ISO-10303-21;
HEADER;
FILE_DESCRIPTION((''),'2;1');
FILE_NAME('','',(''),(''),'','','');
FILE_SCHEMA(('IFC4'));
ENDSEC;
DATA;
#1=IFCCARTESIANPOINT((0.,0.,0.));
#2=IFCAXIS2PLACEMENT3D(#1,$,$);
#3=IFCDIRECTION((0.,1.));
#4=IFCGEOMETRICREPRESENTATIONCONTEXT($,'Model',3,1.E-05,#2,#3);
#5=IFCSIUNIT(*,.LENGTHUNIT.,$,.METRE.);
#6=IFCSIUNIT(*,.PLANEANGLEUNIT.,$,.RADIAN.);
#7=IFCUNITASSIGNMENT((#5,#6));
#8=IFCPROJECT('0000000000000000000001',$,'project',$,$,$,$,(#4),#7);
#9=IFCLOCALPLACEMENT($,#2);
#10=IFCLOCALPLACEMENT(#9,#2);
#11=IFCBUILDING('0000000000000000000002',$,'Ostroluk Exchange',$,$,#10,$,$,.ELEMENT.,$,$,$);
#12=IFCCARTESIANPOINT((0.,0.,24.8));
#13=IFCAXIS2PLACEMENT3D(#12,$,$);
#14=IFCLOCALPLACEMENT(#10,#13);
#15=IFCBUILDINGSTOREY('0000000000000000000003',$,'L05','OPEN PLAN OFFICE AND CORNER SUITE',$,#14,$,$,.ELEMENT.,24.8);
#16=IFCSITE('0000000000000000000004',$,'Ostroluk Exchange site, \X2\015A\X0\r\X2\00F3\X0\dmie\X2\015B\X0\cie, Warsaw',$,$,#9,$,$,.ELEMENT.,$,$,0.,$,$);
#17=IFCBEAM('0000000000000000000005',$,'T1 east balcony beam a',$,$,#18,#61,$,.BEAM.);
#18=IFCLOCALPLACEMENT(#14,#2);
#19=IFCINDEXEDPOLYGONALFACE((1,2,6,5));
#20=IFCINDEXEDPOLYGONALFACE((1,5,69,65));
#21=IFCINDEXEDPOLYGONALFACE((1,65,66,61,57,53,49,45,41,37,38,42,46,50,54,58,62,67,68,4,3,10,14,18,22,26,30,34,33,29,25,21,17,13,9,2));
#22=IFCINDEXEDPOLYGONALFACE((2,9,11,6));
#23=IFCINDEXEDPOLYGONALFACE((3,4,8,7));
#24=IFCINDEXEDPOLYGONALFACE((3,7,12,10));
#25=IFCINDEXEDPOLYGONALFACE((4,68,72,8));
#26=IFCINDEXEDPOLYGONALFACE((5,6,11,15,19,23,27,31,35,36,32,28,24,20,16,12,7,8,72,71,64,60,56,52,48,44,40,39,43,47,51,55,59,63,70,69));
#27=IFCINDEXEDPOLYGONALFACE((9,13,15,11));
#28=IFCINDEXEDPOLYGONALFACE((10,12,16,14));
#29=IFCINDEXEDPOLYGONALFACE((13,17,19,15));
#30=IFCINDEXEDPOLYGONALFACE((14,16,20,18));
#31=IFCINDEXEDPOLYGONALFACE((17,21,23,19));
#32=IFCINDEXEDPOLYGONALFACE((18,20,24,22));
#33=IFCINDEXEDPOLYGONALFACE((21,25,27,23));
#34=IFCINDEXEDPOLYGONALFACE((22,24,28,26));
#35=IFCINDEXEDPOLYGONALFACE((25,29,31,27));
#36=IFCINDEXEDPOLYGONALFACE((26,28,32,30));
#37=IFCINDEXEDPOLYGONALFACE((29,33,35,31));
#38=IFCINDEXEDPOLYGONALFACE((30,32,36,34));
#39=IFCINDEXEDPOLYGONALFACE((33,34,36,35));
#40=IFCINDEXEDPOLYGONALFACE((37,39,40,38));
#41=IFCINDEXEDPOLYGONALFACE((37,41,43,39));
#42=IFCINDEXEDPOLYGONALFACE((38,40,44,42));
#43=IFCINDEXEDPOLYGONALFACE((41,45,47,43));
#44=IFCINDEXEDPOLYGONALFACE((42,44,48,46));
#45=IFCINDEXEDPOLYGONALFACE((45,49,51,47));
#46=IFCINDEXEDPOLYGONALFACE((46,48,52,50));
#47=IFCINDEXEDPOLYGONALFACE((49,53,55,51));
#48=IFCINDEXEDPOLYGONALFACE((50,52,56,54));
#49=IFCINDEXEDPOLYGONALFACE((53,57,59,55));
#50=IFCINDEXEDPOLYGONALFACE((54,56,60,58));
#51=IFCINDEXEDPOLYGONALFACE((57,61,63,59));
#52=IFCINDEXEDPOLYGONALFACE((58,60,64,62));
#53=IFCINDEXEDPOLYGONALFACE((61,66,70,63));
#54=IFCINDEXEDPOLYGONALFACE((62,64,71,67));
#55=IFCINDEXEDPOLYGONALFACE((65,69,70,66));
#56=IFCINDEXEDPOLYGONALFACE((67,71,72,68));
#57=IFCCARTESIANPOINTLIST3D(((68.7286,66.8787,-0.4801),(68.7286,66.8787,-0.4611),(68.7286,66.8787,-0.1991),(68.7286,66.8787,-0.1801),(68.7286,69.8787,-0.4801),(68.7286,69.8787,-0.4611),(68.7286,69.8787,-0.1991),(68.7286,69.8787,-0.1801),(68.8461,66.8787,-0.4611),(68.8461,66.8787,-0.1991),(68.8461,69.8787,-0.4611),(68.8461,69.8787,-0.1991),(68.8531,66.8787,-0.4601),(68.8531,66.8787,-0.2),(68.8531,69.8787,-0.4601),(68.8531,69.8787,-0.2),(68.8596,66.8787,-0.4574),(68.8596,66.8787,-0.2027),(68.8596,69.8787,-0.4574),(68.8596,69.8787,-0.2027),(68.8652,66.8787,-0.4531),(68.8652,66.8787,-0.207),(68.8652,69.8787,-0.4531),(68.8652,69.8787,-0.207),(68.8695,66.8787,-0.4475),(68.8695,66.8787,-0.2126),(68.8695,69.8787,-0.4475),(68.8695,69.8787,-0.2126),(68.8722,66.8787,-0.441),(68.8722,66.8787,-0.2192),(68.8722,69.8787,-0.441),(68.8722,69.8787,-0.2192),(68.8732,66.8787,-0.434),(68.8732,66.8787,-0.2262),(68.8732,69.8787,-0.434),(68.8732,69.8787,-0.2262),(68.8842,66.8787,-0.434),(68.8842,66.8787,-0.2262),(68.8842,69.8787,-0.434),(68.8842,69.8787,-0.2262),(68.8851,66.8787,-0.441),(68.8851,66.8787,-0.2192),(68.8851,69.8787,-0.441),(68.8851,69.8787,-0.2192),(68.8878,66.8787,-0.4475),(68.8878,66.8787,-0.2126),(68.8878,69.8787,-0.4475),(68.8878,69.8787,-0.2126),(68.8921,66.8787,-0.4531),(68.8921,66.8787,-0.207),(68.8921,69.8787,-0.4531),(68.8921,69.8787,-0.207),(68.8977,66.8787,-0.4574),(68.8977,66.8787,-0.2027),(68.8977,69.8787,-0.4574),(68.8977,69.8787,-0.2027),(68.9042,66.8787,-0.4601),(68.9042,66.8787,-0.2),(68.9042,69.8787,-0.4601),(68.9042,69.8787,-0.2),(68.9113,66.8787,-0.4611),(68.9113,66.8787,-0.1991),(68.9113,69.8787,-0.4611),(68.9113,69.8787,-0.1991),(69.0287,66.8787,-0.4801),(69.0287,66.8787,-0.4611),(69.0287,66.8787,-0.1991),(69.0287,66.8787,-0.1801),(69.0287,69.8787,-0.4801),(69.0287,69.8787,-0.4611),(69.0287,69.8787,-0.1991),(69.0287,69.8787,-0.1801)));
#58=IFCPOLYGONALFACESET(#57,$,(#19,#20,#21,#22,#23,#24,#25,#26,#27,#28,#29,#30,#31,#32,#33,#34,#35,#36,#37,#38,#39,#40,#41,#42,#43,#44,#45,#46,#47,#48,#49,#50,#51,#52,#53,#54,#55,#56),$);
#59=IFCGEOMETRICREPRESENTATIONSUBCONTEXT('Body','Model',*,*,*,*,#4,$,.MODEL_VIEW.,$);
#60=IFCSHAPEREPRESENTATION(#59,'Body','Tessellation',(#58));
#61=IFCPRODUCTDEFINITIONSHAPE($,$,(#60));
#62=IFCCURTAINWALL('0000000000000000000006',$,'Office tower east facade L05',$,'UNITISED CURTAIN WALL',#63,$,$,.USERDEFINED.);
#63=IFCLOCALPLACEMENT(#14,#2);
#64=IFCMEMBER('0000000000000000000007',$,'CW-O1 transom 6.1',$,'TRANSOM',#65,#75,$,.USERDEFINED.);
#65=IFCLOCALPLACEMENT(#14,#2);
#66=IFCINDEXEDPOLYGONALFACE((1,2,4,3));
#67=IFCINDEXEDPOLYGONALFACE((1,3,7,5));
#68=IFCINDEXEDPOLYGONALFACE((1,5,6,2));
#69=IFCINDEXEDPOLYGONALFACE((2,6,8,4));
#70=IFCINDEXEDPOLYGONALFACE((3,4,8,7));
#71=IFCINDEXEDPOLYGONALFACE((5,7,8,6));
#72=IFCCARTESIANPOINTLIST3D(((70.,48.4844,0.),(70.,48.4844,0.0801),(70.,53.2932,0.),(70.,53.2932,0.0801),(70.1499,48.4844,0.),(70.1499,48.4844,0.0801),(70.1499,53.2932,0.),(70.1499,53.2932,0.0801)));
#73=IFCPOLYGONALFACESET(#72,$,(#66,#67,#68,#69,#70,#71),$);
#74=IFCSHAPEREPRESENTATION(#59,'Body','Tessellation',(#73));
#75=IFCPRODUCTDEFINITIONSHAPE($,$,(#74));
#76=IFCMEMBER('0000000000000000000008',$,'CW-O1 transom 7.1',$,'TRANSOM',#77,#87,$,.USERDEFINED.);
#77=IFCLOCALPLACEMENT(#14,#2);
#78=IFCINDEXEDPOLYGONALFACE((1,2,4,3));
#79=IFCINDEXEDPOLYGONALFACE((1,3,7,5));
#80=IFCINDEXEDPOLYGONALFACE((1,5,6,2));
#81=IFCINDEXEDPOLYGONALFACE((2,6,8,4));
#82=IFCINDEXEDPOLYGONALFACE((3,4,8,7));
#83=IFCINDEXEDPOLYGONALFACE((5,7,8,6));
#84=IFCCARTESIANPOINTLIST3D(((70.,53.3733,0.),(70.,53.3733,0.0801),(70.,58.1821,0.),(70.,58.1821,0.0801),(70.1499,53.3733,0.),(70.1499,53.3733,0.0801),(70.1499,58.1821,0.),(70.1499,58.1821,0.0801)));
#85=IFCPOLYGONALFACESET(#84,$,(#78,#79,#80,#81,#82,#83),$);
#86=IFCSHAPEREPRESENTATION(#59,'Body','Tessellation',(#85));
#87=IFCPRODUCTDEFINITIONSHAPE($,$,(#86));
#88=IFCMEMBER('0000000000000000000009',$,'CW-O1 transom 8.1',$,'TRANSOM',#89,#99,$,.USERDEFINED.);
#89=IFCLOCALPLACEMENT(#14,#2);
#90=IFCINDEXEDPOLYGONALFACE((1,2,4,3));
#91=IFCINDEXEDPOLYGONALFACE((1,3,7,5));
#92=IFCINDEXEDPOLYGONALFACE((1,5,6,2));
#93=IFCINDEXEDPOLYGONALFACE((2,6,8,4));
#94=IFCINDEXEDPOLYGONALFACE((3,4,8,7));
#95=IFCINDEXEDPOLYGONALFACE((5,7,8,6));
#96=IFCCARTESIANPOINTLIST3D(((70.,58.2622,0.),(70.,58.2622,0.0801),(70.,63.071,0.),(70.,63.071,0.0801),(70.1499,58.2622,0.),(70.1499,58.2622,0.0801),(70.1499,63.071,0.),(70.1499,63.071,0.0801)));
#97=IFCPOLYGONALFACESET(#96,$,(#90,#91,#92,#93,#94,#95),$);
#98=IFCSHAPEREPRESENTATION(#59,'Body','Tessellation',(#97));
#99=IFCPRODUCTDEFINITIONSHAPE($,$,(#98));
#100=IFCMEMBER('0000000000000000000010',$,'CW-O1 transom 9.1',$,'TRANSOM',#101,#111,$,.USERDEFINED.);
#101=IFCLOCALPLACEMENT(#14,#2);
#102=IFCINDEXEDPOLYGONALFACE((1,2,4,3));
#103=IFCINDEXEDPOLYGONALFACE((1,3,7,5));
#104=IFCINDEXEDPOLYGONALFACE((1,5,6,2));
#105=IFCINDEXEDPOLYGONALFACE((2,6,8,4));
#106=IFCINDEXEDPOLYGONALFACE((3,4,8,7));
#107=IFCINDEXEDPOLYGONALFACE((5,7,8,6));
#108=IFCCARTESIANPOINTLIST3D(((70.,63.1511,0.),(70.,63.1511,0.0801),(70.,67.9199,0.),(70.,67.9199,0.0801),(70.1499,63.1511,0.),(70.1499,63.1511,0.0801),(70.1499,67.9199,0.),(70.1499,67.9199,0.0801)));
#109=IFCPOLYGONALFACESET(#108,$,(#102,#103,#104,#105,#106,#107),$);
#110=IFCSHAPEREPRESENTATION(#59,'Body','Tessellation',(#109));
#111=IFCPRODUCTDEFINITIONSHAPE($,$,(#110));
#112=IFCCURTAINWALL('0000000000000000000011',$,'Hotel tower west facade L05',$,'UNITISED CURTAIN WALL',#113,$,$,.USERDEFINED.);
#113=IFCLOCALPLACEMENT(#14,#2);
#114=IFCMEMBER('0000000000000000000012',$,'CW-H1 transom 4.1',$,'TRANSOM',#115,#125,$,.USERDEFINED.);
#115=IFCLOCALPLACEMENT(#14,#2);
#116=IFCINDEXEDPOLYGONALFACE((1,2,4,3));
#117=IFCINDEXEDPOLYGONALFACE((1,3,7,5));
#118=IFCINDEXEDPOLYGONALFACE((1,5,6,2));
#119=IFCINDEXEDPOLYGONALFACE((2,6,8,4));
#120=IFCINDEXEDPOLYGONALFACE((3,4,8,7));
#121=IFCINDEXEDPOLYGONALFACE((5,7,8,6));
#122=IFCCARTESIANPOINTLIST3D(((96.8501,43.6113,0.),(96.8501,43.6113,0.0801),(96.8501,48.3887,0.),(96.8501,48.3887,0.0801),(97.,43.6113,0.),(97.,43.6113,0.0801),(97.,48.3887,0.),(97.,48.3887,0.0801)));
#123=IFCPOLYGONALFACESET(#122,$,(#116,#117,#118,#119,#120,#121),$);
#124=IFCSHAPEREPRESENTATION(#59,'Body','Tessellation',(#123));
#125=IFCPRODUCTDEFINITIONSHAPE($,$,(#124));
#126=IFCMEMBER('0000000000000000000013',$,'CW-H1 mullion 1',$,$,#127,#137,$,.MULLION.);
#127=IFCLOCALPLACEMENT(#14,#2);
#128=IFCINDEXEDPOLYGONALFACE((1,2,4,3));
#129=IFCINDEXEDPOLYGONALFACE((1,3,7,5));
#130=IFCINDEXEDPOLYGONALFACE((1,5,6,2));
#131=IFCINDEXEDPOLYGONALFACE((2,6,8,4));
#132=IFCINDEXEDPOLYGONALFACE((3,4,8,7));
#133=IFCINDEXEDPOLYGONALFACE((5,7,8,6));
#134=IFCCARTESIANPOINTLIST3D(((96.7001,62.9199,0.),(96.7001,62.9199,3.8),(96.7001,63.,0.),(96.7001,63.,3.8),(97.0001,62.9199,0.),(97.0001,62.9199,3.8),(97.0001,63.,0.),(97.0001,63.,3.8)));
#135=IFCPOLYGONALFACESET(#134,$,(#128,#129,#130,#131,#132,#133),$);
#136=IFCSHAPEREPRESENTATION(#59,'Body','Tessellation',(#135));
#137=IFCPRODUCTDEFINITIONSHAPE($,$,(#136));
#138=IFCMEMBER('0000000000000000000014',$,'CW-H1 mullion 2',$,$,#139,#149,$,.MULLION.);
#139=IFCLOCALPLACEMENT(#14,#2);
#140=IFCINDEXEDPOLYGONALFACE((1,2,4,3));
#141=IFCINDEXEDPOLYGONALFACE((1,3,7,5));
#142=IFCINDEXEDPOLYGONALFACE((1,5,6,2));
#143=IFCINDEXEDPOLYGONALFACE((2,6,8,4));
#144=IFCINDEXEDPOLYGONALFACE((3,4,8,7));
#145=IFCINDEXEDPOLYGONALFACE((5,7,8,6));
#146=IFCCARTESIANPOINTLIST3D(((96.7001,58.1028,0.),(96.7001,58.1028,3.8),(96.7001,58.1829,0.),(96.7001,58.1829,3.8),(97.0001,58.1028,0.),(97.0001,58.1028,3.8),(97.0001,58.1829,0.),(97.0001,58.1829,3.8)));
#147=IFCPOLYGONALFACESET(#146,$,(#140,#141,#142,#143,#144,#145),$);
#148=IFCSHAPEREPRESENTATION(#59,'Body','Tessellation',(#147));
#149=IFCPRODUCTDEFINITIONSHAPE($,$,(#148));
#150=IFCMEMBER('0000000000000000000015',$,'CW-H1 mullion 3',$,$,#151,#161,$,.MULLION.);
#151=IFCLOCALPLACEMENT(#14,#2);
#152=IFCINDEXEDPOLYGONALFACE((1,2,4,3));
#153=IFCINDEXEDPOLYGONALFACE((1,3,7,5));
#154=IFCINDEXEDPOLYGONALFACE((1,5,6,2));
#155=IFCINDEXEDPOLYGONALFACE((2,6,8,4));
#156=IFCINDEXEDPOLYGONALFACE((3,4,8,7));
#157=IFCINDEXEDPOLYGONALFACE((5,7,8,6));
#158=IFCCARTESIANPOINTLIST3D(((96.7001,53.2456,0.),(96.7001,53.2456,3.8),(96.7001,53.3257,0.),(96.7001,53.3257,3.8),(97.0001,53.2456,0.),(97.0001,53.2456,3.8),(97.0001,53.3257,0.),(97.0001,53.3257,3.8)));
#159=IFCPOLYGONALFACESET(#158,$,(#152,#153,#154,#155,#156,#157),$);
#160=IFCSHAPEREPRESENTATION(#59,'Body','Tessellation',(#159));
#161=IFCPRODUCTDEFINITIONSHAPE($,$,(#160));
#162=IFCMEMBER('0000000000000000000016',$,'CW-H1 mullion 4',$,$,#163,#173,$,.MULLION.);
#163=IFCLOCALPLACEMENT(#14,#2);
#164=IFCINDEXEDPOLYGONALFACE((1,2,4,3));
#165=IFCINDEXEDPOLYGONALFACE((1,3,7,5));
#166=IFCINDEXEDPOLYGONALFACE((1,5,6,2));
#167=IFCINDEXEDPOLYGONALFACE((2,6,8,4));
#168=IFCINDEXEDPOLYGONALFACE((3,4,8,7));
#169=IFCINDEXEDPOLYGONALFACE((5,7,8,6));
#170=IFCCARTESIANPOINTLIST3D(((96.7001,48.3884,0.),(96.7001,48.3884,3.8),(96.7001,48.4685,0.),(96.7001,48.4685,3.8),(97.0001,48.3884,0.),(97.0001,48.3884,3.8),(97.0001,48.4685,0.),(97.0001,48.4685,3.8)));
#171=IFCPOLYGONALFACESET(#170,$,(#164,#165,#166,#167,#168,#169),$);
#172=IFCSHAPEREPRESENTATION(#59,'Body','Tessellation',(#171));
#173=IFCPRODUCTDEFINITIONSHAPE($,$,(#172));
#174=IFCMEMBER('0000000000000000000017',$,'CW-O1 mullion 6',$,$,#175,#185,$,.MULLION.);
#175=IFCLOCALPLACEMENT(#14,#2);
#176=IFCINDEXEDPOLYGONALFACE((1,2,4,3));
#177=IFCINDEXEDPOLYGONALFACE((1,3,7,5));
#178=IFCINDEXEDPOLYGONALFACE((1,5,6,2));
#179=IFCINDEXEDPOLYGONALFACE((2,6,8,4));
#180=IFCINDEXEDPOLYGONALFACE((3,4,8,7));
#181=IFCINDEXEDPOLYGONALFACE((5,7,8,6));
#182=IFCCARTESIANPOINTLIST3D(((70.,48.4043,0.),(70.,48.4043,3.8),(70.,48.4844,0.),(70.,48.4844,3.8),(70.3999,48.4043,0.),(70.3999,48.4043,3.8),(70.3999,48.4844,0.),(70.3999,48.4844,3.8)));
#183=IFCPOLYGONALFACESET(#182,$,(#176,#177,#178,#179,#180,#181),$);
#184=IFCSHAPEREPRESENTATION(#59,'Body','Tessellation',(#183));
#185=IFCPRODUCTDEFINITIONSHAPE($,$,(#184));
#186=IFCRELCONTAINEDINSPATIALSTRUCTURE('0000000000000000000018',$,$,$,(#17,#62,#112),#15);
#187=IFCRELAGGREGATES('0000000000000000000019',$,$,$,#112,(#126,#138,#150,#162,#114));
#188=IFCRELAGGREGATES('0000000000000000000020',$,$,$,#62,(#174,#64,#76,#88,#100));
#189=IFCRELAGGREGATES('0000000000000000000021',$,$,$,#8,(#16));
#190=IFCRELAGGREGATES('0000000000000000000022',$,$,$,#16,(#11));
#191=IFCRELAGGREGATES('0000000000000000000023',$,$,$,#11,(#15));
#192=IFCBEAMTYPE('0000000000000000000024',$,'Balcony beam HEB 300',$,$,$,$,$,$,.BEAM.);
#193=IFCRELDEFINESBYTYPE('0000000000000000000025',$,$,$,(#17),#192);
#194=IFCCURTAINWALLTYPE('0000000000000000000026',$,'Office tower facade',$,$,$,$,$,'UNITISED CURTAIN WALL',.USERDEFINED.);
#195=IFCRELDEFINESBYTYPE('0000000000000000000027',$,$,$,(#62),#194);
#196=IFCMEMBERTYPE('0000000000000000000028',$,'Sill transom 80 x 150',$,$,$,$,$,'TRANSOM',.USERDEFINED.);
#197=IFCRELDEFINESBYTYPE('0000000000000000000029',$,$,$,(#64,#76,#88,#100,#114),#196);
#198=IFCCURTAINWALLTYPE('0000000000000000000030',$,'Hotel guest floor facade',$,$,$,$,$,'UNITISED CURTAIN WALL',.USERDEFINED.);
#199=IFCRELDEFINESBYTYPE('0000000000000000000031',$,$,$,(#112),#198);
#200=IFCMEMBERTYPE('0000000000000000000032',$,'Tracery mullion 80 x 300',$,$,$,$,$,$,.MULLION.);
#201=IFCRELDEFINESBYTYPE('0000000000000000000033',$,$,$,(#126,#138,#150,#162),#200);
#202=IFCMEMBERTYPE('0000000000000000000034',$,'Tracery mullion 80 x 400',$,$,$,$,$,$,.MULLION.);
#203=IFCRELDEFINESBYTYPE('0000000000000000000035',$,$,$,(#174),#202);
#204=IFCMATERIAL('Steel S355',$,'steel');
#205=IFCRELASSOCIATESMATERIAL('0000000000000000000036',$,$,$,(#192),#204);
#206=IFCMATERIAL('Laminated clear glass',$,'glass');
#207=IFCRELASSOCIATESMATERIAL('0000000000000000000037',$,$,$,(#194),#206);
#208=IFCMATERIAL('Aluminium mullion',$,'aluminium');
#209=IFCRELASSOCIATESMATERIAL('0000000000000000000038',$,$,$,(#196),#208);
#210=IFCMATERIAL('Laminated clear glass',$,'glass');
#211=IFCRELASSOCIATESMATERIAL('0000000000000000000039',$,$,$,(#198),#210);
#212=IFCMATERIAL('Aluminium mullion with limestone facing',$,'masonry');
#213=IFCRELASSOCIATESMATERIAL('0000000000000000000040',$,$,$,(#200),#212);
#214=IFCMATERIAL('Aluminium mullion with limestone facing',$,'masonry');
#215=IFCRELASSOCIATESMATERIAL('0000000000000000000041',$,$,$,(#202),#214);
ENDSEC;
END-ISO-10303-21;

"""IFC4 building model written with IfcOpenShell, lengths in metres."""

from ifc_helpers import new_model, si_unit, direction, frame, origin, origin_2d, place, context, subcontext, project, spatial, rectangle, i_section, extrude, material, material_profile, profile_set, type_object, element, aggregate, save


model = new_model("IFC4")

# Units and contexts
model_context = context("Model", 3, precision=1e-05, world=origin(), true_north=direction((0.0, 1.0)))
body_context = subcontext(model_context, "Body", "Model", "MODEL_VIEW")
ifc_project = project(units=[si_unit("LENGTHUNIT", "METRE"), si_unit("PLANEANGLEUNIT", "RADIAN")], contexts=[model_context])

# Site, building, storey
site_placement = place(None, origin())
site = spatial("IfcSite", under=ifc_project, at=site_placement, Name="Ostroluk Exchange site, Śródmieście, Warsaw", CompositionType="ELEMENT", RefElevation=0.0)
building_placement = place(site_placement, origin())
building = spatial("IfcBuilding", under=site, at=building_placement, Name="Ostroluk Exchange", CompositionType="ELEMENT")
storey_placement = place(building_placement, frame((0.0, 0.0, 24.8)))
storey = spatial("IfcBuildingStorey", under=building, at=storey_placement, Name="L05", Description="OPEN PLAN OFFICE AND CORNER SUITE", CompositionType="ELEMENT", Elevation=24.8)

# Beam
ifc_material_1 = material(Name="Steel S355", Category="steel")
ifc_material_profile_1 = material_profile(ifc_material_1, i_section(OverallWidth=0.3, OverallDepth=0.3, WebThickness=0.011, FlangeThickness=0.019, FilletRadius=0.0271, at=origin_2d()), Name="HEB 300")
ifc_profile_set_1 = profile_set([ifc_material_profile_1], Name="Steel S355")
beam_type = type_object("IfcBeamType", Name="Balcony beam HEB 300", PredefinedType="BEAM", material=ifc_profile_set_1)
beam_placement = place(storey_placement, frame((68.8787, 66.8787, -0.3301), z_axis=(0.0, 1.0, 0.0), x_axis=(-1.0, 0.0, 0.0)))
element("IfcBeam", 1, at=beam_placement, inside=storey, type_object=beam_type, Name="T1 east balcony beam a", PredefinedType="BEAM", context=body_context, shape_type="SweptSolid", body=[
    extrude(i_section(OverallWidth=0.3, OverallDepth=0.3, WebThickness=0.011, FlangeThickness=0.019, FilletRadius=0.0271, at=origin_2d()), origin(), (0.0, 0.0, 1.0), 3.0),
])

# Curtain walls, members
ifc_material_2 = material(Name="Laminated clear glass", Category="glass")
curtain_wall_type_1 = type_object("IfcCurtainWallType", Name="Office tower facade", ElementType="UNITISED CURTAIN WALL", PredefinedType="USERDEFINED", material=ifc_material_2)
curtain_wall_1_placement = place(storey_placement, origin())
curtain_wall_1 = element("IfcCurtainWall", 2, at=curtain_wall_1_placement, inside=storey, type_object=curtain_wall_type_1, Name="Office tower east facade L05", ObjectType="UNITISED CURTAIN WALL", PredefinedType="USERDEFINED")
ifc_material_3 = material(Name="Aluminium mullion", Category="aluminium")
ifc_material_profile_2 = material_profile(ifc_material_3, rectangle(XDim=0.1499, YDim=0.0801, at=origin_2d()), Name="Sill transom 80 x 150")
ifc_profile_set_2 = profile_set([ifc_material_profile_2], Name="Aluminium mullion")
member_type_1 = type_object("IfcMemberType", Name="Sill transom 80 x 150", ElementType="TRANSOM", PredefinedType="USERDEFINED", material=ifc_profile_set_2)
member_1_placement = place(storey_placement, frame((70.075, 48.4844, 0.04), z_axis=(0.0, 1.0, 0.0), x_axis=(-1.0, 0.0, 0.0)))
member_1 = element("IfcMember", 3, at=member_1_placement, type_object=member_type_1, Name="CW-O1 transom 6.1", ObjectType="TRANSOM", PredefinedType="USERDEFINED", context=body_context, shape_type="SweptSolid", body=[
    extrude(rectangle(XDim=0.1499, YDim=0.0801, at=origin_2d()), origin(), (0.0, 0.0, 1.0), 4.8088),
])
member_2_placement = place(storey_placement, frame((70.075, 53.3733, 0.04), z_axis=(0.0, 1.0, 0.0), x_axis=(-1.0, 0.0, 0.0)))
member_2 = element("IfcMember", 4, at=member_2_placement, type_object=member_type_1, Name="CW-O1 transom 7.1", ObjectType="TRANSOM", PredefinedType="USERDEFINED", context=body_context, shape_type="SweptSolid", body=[
    extrude(rectangle(XDim=0.1499, YDim=0.0801, at=origin_2d()), origin(), (0.0, 0.0, 1.0), 4.8088),
])
member_3_placement = place(storey_placement, frame((70.075, 58.2622, 0.04), z_axis=(0.0, 1.0, 0.0), x_axis=(-1.0, 0.0, 0.0)))
member_3 = element("IfcMember", 5, at=member_3_placement, type_object=member_type_1, Name="CW-O1 transom 8.1", ObjectType="TRANSOM", PredefinedType="USERDEFINED", context=body_context, shape_type="SweptSolid", body=[
    extrude(rectangle(XDim=0.1499, YDim=0.0801, at=origin_2d()), origin(), (0.0, 0.0, 1.0), 4.8088),
])
member_4_placement = place(storey_placement, frame((70.075, 63.1511, 0.04), z_axis=(0.0, 1.0, 0.0), x_axis=(-1.0, 0.0, 0.0)))
member_4 = element("IfcMember", 6, at=member_4_placement, type_object=member_type_1, Name="CW-O1 transom 9.1", ObjectType="TRANSOM", PredefinedType="USERDEFINED", context=body_context, shape_type="SweptSolid", body=[
    extrude(rectangle(XDim=0.1499, YDim=0.0801, at=origin_2d()), origin(), (0.0, 0.0, 1.0), 4.7688),
])
ifc_material_4 = material(Name="Laminated clear glass", Category="glass")
curtain_wall_type_2 = type_object("IfcCurtainWallType", Name="Hotel guest floor facade", ElementType="UNITISED CURTAIN WALL", PredefinedType="USERDEFINED", material=ifc_material_4)
curtain_wall_2_placement = place(storey_placement, origin())
curtain_wall_2 = element("IfcCurtainWall", 7, at=curtain_wall_2_placement, inside=storey, type_object=curtain_wall_type_2, Name="Hotel tower west facade L05", ObjectType="UNITISED CURTAIN WALL", PredefinedType="USERDEFINED")
member_5_placement = place(storey_placement, frame((96.925, 48.3887, 0.04), z_axis=(0.0, -1.0, 0.0), x_axis=(1.0, 0.0, 0.0)))
member_5 = element("IfcMember", 8, at=member_5_placement, type_object=member_type_1, Name="CW-H1 transom 4.1", ObjectType="TRANSOM", PredefinedType="USERDEFINED", context=body_context, shape_type="SweptSolid", body=[
    extrude(rectangle(XDim=0.1499, YDim=0.0801, at=origin_2d()), origin(), (0.0, 0.0, 1.0), 4.7773),
])
ifc_material_5 = material(Name="Aluminium mullion with limestone facing", Category="masonry")
ifc_material_profile_3 = material_profile(ifc_material_5, rectangle(XDim=0.3, YDim=0.0801, at=origin_2d()), Name="Tracery mullion 80 x 300")
ifc_profile_set_3 = profile_set([ifc_material_profile_3], Name="Aluminium mullion with limestone facing")
member_type_2 = type_object("IfcMemberType", Name="Tracery mullion 80 x 300", PredefinedType="MULLION", material=ifc_profile_set_3)
member_6_placement = place(storey_placement, frame((96.8501, 62.96, 0.0), z_axis=(0.0, 0.0, 1.0), x_axis=(1.0, 0.0, 0.0)))
member_6 = element("IfcMember", 9, at=member_6_placement, type_object=member_type_2, Name="CW-H1 mullion 1", PredefinedType="MULLION", context=body_context, shape_type="SweptSolid", body=[
    extrude(rectangle(XDim=0.3, YDim=0.0801, at=origin_2d()), origin(), (0.0, 0.0, 1.0), 3.8),
])
member_7_placement = place(storey_placement, frame((96.8501, 58.1428, 0.0), z_axis=(0.0, 0.0, 1.0), x_axis=(1.0, 0.0, 0.0)))
member_7 = element("IfcMember", 10, at=member_7_placement, type_object=member_type_2, Name="CW-H1 mullion 2", PredefinedType="MULLION", context=body_context, shape_type="SweptSolid", body=[
    extrude(rectangle(XDim=0.3, YDim=0.0801, at=origin_2d()), origin(), (0.0, 0.0, 1.0), 3.8),
])
member_8_placement = place(storey_placement, frame((96.8501, 53.2856, 0.0), z_axis=(0.0, 0.0, 1.0), x_axis=(1.0, 0.0, 0.0)))
member_8 = element("IfcMember", 11, at=member_8_placement, type_object=member_type_2, Name="CW-H1 mullion 3", PredefinedType="MULLION", context=body_context, shape_type="SweptSolid", body=[
    extrude(rectangle(XDim=0.3, YDim=0.0801, at=origin_2d()), origin(), (0.0, 0.0, 1.0), 3.8),
])
member_9_placement = place(storey_placement, frame((96.8501, 48.4285, 0.0), z_axis=(0.0, 0.0, 1.0), x_axis=(1.0, 0.0, 0.0)))
member_9 = element("IfcMember", 12, at=member_9_placement, type_object=member_type_2, Name="CW-H1 mullion 4", PredefinedType="MULLION", context=body_context, shape_type="SweptSolid", body=[
    extrude(rectangle(XDim=0.3, YDim=0.0801, at=origin_2d()), origin(), (0.0, 0.0, 1.0), 3.8),
])
aggregate(curtain_wall_2, [member_6, member_7, member_8, member_9, member_5])

# Member
ifc_material_6 = material(Name="Aluminium mullion with limestone facing", Category="masonry")
ifc_material_profile_4 = material_profile(ifc_material_6, rectangle(XDim=0.3999, YDim=0.0801, at=origin_2d()), Name="Tracery mullion 80 x 400")
ifc_profile_set_4 = profile_set([ifc_material_profile_4], Name="Aluminium mullion with limestone facing")
member_type_3 = type_object("IfcMemberType", Name="Tracery mullion 80 x 400", PredefinedType="MULLION", material=ifc_profile_set_4)
member_10_placement = place(storey_placement, frame((70.2, 48.4443, 0.0), z_axis=(0.0, 0.0, 1.0), x_axis=(-1.0, 0.0, 0.0)))
member_10 = element("IfcMember", 13, at=member_10_placement, type_object=member_type_3, Name="CW-O1 mullion 6", PredefinedType="MULLION", context=body_context, shape_type="SweptSolid", body=[
    extrude(rectangle(XDim=0.3999, YDim=0.0801, at=origin_2d()), origin(), (0.0, 0.0, 1.0), 3.8),
])

aggregate(curtain_wall_1, [member_10, member_1, member_2, member_3, member_4])

save(model, "model.ifc")
